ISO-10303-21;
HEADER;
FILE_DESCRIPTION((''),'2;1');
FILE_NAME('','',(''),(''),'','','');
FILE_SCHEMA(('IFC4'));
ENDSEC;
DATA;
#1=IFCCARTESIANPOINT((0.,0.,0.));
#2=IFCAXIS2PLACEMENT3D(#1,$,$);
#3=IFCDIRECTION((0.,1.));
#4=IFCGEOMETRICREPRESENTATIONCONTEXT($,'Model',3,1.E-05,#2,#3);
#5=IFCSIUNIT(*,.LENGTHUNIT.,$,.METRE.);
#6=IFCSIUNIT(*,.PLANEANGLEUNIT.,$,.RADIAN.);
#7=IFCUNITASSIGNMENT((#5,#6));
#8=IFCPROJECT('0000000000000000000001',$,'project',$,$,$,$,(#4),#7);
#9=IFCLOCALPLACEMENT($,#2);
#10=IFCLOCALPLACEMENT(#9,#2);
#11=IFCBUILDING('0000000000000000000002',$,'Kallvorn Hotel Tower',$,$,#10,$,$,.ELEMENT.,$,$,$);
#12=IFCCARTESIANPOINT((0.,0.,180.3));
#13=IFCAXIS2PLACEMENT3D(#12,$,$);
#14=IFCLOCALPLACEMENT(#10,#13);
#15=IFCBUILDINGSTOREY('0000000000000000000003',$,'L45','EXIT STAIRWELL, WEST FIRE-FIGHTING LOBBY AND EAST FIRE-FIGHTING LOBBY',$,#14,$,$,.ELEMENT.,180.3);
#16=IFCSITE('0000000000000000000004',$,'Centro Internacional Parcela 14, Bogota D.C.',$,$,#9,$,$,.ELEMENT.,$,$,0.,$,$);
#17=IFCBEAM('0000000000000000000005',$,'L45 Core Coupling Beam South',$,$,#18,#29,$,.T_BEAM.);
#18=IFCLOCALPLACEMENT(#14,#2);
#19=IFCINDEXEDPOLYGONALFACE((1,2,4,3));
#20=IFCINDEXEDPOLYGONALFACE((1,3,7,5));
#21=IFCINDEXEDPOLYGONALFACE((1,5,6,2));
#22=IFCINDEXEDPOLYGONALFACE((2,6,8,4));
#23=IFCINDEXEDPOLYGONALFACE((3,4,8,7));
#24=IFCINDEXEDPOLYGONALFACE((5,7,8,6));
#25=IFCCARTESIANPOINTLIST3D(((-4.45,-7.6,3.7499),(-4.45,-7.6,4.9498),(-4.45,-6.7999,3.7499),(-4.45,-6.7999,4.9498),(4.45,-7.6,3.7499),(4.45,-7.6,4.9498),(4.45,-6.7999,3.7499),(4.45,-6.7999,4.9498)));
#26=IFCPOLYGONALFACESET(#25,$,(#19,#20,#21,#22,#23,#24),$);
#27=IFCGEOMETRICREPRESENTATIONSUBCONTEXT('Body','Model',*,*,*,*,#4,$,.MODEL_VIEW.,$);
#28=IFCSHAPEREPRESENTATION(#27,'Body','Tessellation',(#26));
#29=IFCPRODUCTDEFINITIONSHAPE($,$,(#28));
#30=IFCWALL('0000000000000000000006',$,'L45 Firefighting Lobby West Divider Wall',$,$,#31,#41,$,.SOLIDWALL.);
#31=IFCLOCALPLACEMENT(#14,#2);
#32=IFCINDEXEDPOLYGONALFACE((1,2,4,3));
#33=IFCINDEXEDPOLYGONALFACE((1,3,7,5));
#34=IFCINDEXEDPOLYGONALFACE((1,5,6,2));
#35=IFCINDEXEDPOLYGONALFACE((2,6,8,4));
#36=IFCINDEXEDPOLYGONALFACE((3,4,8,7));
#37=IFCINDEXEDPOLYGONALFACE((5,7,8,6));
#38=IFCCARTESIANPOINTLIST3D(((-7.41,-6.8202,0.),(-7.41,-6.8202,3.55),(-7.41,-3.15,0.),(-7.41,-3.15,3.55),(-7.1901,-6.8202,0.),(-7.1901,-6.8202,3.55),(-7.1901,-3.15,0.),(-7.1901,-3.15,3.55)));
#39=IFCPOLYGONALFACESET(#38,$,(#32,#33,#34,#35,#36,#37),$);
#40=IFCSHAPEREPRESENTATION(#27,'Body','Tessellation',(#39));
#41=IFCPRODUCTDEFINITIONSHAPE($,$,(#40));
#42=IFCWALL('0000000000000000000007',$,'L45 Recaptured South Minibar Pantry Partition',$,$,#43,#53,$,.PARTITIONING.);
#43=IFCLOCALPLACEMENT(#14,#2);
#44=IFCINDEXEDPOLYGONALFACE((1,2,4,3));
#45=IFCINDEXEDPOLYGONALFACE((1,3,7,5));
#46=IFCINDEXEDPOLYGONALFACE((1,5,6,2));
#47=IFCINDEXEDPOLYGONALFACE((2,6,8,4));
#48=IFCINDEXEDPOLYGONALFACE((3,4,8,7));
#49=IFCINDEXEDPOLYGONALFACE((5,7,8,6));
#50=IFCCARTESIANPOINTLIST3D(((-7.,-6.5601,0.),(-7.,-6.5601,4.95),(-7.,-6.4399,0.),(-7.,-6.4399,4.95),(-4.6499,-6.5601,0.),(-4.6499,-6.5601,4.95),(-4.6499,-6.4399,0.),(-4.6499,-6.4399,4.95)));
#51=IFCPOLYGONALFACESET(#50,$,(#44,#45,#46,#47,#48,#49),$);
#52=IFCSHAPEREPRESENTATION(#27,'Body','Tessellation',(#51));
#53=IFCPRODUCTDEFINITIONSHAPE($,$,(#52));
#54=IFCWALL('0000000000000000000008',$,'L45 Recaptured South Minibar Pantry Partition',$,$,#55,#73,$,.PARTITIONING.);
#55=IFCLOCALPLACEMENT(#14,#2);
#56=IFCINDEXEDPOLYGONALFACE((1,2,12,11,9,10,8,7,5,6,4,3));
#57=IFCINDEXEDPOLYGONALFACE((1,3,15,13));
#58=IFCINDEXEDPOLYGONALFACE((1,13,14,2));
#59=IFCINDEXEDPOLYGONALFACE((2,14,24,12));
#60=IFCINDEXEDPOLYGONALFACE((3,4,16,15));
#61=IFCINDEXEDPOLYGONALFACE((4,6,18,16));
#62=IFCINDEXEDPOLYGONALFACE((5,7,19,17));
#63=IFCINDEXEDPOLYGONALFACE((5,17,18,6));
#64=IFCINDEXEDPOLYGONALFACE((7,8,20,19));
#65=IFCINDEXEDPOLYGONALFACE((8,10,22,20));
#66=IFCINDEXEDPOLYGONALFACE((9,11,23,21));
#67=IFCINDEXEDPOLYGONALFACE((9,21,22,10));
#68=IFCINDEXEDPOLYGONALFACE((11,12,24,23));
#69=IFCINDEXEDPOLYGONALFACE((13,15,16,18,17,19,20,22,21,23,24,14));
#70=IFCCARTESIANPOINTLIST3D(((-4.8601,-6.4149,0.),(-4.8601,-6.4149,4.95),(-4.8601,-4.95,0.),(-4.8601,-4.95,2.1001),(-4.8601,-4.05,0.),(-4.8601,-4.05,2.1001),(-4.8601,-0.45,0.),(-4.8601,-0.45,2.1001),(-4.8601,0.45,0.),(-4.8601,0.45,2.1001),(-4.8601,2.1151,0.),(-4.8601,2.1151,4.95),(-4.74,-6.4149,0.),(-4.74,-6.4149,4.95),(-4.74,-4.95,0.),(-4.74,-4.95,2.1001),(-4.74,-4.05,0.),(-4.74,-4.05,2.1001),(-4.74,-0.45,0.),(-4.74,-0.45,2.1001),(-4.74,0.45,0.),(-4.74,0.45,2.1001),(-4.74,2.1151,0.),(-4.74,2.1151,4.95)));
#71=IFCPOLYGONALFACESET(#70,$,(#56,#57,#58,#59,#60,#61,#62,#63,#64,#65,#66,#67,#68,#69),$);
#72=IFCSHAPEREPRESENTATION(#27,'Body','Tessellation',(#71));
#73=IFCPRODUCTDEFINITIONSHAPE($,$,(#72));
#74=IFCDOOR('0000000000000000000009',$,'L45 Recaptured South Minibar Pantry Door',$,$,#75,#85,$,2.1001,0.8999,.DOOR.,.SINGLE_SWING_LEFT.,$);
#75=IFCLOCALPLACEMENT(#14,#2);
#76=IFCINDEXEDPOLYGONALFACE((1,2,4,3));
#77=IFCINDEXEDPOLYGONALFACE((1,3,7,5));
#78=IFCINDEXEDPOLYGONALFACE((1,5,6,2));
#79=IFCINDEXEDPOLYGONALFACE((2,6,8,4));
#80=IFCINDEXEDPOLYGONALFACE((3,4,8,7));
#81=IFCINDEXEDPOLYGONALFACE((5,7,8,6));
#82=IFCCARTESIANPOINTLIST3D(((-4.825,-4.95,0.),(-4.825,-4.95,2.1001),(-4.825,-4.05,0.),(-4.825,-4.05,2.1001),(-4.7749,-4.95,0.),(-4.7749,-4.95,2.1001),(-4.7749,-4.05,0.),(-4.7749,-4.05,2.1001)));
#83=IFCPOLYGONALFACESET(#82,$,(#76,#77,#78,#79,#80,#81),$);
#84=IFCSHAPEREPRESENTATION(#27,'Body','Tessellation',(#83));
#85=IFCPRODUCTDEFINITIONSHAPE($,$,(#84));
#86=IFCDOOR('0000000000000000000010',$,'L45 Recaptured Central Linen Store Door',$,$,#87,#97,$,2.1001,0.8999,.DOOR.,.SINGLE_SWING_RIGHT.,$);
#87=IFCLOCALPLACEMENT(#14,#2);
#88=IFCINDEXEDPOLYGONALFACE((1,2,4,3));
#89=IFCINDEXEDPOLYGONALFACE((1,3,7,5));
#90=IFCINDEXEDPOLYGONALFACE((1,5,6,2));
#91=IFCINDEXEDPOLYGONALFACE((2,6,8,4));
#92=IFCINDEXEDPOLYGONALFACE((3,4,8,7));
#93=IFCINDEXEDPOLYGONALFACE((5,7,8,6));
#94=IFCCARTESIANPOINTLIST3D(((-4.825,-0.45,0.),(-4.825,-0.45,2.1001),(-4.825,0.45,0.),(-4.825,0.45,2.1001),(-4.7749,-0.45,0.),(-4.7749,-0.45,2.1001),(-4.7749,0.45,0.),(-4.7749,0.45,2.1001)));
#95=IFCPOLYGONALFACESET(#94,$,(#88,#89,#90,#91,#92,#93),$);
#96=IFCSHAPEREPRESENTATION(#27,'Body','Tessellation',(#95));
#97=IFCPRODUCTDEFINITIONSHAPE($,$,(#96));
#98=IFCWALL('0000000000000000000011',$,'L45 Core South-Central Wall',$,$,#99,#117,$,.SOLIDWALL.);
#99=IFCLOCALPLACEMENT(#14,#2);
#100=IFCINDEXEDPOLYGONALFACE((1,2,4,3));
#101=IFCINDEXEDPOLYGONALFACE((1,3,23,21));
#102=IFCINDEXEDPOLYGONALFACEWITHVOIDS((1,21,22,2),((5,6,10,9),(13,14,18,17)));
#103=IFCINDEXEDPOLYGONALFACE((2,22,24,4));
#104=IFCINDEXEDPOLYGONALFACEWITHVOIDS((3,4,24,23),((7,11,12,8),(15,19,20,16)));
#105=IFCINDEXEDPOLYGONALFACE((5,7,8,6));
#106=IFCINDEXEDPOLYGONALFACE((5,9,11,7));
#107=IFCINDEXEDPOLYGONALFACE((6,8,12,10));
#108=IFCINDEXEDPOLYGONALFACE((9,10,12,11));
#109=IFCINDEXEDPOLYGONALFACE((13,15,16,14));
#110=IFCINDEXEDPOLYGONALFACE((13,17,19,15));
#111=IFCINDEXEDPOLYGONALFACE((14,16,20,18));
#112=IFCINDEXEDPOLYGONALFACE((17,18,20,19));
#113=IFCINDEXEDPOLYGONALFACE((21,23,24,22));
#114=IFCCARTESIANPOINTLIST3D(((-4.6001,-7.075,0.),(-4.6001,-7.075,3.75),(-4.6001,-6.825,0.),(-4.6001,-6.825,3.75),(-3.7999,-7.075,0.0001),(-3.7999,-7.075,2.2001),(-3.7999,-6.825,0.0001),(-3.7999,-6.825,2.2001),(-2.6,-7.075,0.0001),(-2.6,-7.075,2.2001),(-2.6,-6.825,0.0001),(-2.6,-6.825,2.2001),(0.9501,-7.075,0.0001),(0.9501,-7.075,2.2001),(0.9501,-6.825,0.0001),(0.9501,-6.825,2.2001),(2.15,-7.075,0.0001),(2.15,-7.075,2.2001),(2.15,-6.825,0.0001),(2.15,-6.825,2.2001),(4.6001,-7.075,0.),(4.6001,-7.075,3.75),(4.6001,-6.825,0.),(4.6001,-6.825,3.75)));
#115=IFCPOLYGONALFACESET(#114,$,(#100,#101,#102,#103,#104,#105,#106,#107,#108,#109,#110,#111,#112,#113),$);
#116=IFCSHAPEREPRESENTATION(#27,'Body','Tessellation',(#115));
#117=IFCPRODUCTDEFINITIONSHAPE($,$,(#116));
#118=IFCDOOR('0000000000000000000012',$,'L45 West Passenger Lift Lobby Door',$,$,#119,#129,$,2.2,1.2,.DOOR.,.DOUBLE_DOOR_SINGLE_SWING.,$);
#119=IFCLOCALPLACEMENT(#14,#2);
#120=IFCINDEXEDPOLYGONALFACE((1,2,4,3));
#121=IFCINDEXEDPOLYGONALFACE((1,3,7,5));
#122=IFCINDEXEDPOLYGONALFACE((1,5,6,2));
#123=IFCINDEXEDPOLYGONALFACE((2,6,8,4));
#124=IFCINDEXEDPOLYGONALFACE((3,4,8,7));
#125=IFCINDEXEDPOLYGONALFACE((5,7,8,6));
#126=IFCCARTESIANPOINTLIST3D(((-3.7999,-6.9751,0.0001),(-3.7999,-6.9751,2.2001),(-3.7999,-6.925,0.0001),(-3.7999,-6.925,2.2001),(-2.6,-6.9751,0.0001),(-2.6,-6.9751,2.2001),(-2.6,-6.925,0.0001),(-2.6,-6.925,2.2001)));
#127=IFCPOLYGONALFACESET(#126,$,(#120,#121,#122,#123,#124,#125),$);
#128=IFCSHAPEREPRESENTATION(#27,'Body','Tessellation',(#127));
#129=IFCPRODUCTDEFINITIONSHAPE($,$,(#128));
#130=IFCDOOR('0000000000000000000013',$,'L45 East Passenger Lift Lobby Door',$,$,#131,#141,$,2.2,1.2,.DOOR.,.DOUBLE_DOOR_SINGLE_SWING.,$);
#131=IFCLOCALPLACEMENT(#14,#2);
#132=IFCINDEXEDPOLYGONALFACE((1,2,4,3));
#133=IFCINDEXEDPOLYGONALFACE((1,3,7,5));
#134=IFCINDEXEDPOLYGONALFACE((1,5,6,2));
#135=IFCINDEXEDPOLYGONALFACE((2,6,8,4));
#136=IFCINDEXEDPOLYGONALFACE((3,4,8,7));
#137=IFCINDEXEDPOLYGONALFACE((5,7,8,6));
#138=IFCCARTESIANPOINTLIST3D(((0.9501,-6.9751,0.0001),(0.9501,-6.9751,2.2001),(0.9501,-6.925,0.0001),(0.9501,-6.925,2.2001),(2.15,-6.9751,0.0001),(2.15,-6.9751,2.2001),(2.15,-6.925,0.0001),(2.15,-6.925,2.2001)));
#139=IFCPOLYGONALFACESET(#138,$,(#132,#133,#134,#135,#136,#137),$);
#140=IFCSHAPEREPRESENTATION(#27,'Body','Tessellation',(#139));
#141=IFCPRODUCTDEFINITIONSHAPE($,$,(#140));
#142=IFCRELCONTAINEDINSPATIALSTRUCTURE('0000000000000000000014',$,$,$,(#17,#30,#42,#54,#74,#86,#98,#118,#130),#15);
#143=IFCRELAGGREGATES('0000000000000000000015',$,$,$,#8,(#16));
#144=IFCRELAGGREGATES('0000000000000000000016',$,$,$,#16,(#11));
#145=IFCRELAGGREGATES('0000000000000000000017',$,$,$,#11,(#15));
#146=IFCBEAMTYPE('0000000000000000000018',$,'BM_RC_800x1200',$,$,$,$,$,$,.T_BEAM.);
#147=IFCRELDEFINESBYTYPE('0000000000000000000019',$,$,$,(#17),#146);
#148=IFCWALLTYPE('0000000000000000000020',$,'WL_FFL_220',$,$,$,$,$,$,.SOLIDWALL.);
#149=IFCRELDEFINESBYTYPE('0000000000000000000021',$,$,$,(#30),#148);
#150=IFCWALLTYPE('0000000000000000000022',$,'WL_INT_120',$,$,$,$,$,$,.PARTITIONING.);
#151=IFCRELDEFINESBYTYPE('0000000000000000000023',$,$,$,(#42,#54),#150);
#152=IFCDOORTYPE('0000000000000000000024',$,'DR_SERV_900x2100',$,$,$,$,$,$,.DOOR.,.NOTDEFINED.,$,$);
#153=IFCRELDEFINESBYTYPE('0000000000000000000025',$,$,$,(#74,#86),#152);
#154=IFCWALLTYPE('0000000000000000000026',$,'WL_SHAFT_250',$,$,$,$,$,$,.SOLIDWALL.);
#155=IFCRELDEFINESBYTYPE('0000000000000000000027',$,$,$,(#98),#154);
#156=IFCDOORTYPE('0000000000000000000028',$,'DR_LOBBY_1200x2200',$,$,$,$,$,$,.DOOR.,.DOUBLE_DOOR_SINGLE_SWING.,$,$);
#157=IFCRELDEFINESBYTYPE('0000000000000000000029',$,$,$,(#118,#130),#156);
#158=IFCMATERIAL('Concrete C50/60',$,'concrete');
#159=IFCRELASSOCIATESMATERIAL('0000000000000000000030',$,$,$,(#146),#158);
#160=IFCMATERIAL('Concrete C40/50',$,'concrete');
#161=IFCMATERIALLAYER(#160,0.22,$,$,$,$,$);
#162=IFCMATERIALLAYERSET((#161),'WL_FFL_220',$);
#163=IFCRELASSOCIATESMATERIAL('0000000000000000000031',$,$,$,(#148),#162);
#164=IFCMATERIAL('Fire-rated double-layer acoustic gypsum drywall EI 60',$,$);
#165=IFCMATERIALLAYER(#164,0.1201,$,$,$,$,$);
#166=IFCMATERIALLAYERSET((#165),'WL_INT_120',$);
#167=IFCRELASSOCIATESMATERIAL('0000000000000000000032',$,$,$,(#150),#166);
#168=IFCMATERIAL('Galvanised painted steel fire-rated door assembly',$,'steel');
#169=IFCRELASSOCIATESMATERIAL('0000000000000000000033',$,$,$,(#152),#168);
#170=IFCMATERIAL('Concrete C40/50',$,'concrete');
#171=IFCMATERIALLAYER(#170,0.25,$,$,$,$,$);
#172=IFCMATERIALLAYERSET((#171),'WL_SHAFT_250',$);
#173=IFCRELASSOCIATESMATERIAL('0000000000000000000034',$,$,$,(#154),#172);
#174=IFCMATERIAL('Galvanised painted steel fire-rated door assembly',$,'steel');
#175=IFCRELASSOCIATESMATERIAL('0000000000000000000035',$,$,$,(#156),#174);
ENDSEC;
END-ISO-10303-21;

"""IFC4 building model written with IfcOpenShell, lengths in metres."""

from ifc_helpers import new_model, si_unit, direction, frame, frame_2d, origin, origin_2d, place, context, subcontext, project, spatial, rectangle, extrude, material, layer, layer_set, material_profile, profile_set, type_object, element, fill, save


model = new_model("IFC4")

# Units and contexts
model_context = context("Model", 3, precision=1e-05, world=origin(), true_north=direction((0.0, 1.0)))
body_context = subcontext(model_context, "Body", "Model", "MODEL_VIEW")
ifc_project = project(units=[si_unit("LENGTHUNIT", "METRE"), si_unit("PLANEANGLEUNIT", "RADIAN")], contexts=[model_context])

# Site, building, storey
site_placement = place(None, origin())
site = spatial("IfcSite", under=ifc_project, at=site_placement, Name="Centro Internacional Parcela 14, Bogota D.C.", CompositionType="ELEMENT", RefElevation=0.0)
building_placement = place(site_placement, origin())
building = spatial("IfcBuilding", under=site, at=building_placement, Name="Kallvorn Hotel Tower", CompositionType="ELEMENT")
storey_placement = place(building_placement, frame((0.0, 0.0, 180.3)))
storey = spatial("IfcBuildingStorey", under=building, at=storey_placement, Name="L45", Description="EXIT STAIRWELL, WEST FIRE-FIGHTING LOBBY AND EAST FIRE-FIGHTING LOBBY", CompositionType="ELEMENT", Elevation=180.3)

# Beam
ifc_material_1 = material(Name="Concrete C50/60", Category="concrete")
ifc_material_profile_1 = material_profile(ifc_material_1, rectangle(XDim=0.8, YDim=1.2, at=origin_2d()), Name="RC 800x1200")
ifc_profile_set_1 = profile_set([ifc_material_profile_1], Name="Concrete C50/60")
beam_type_1 = type_object("IfcBeamType", Name="BM_RC_800x1200", PredefinedType="T_BEAM", material=ifc_profile_set_1)
beam_1_placement = place(storey_placement, frame((-4.45, -7.2, 4.3499), z_axis=(1.0, 0.0, 0.0), x_axis=(0.0, 1.0, 0.0)))
element("IfcBeam", 1, at=beam_1_placement, inside=storey, type_object=beam_type_1, Name="L45 Core Coupling Beam South", PredefinedType="T_BEAM", context=body_context, shape_type="SweptSolid", body=[
    extrude(rectangle(XDim=0.8, YDim=1.2, at=origin_2d()), origin(), (0.0, 0.0, 1.0), 8.8999),
])

# Walls
ifc_material_2 = material(Name="Concrete C40/50", Category="concrete")
ifc_layer_1 = layer(ifc_material_2, 0.22)
ifc_layer_set_1 = layer_set([ifc_layer_1], Name="WL_FFL_220")
wall_type_1 = type_object("IfcWallType", Name="WL_FFL_220", PredefinedType="SOLIDWALL", material=ifc_layer_set_1)
wall_1_placement = place(storey_placement, frame((-7.3, -6.8201, 0.0), z_axis=(0.0, 0.0, 1.0), x_axis=(0.0, 1.0, 0.0)))
element("IfcWall", 2, at=wall_1_placement, inside=storey, type_object=wall_type_1, Name="L45 Firefighting Lobby West Divider Wall", PredefinedType="SOLIDWALL", context=body_context, shape_type="SweptSolid", body=[
    extrude(rectangle(XDim=3.6702, YDim=0.22, at=frame_2d((1.835, 0.0))), origin(), (0.0, 0.0, 1.0), 3.55),
])
ifc_material_3 = material(Name="Fire-rated double-layer acoustic gypsum drywall EI 60")
ifc_layer_2 = layer(ifc_material_3, 0.1201)
ifc_layer_set_2 = layer_set([ifc_layer_2], Name="WL_INT_120")
wall_type_2 = type_object("IfcWallType", Name="WL_INT_120", PredefinedType="PARTITIONING", material=ifc_layer_set_2)
wall_2_placement = place(storey_placement, frame((-7.0, -6.5, 0.0), z_axis=(0.0, 0.0, 1.0), x_axis=(1.0, 0.0, 0.0)))
element("IfcWall", 3, at=wall_2_placement, inside=storey, type_object=wall_type_2, Name="L45 Recaptured South Minibar Pantry Partition", PredefinedType="PARTITIONING", context=body_context, shape_type="SweptSolid", body=[
    extrude(rectangle(XDim=2.3501, YDim=0.1201, at=frame_2d((1.175, 0.0))), origin(), (0.0, 0.0, 1.0), 4.95),
])

# Walls, openings, doors
wall_3_placement = place(storey_placement, frame((-4.8, -6.415, 0.0), z_axis=(0.0, 0.0, 1.0), x_axis=(0.0, 1.0, 0.0)))
wall_3 = element("IfcWall", 4, at=wall_3_placement, inside=storey, type_object=wall_type_2, Name="L45 Recaptured South Minibar Pantry Partition", PredefinedType="PARTITIONING", context=body_context, shape_type="SweptSolid", body=[
    extrude(rectangle(XDim=8.53, YDim=0.1201, at=frame_2d((4.2651, 0.0))), origin(), (0.0, 0.0, 1.0), 4.95),
])
opening_1_placement = place(wall_3_placement, frame((1.4651, 0.0, 0.0)))
opening_1 = element("IfcOpeningElement", 5, at=opening_1_placement, cuts=wall_3, PredefinedType="OPENING", context=body_context, shape_type="SweptSolid", body=[
    extrude(rectangle(XDim=0.8999, YDim=2.1001, at=frame_2d((0.45, 1.05))), frame((0.0, 0.075, 0.0), z_axis=(0.0, -1.0, 0.0), x_axis=(1.0, 0.0, 0.0)), (0.0, 0.0, 1.0), 0.1501),
])
opening_2_placement = place(wall_3_placement, frame((5.9651, 0.0, 0.0)))
opening_2 = element("IfcOpeningElement", 6, at=opening_2_placement, cuts=wall_3, PredefinedType="OPENING", context=body_context, shape_type="SweptSolid", body=[
    extrude(rectangle(XDim=0.8999, YDim=2.1001, at=frame_2d((0.45, 1.05))), frame((0.0, 0.075, 0.0), z_axis=(0.0, -1.0, 0.0), x_axis=(1.0, 0.0, 0.0)), (0.0, 0.0, 1.0), 0.1501),
])
ifc_material_4 = material(Name="Galvanised painted steel fire-rated door assembly", Category="steel")
door_type_1 = type_object("IfcDoorType", Name="DR_SERV_900x2100", OperationType="NOTDEFINED", PredefinedType="DOOR", material=ifc_material_4)
door_1_placement = place(opening_1_placement, origin())
door_1 = element("IfcDoor", 7, at=door_1_placement, inside=storey, type_object=door_type_1, Name="L45 Recaptured South Minibar Pantry Door", OperationType="SINGLE_SWING_LEFT", OverallHeight=2.1001, OverallWidth=0.8999, PredefinedType="DOOR", context=body_context, shape_type="SweptSolid", body=[
    extrude(rectangle(XDim=0.8999, YDim=2.1001, at=frame_2d((0.45, 1.05))), frame((0.0, 0.0249, 0.0), z_axis=(0.0, -1.0, 0.0), x_axis=(1.0, 0.0, 0.0)), (0.0, 0.0, 1.0), 0.05),
])
fill(opening_1, door_1)
door_2_placement = place(opening_2_placement, origin())
door_2 = element("IfcDoor", 8, at=door_2_placement, inside=storey, type_object=door_type_1, Name="L45 Recaptured Central Linen Store Door", OperationType="SINGLE_SWING_RIGHT", OverallHeight=2.1001, OverallWidth=0.8999, PredefinedType="DOOR", context=body_context, shape_type="SweptSolid", body=[
    extrude(rectangle(XDim=0.8999, YDim=2.1001, at=frame_2d((0.45, 1.05))), frame((0.0, 0.0249, 0.0), z_axis=(0.0, -1.0, 0.0), x_axis=(1.0, 0.0, 0.0)), (0.0, 0.0, 1.0), 0.05),
])
fill(opening_2, door_2)
ifc_material_5 = material(Name="Concrete C40/50", Category="concrete")
ifc_layer_3 = layer(ifc_material_5, 0.25)
ifc_layer_set_3 = layer_set([ifc_layer_3], Name="WL_SHAFT_250")
wall_type_3 = type_object("IfcWallType", Name="WL_SHAFT_250", PredefinedType="SOLIDWALL", material=ifc_layer_set_3)
wall_4_placement = place(storey_placement, frame((-4.6001, -6.95, 0.0), z_axis=(0.0, 0.0, 1.0), x_axis=(1.0, 0.0, 0.0)))
wall_4 = element("IfcWall", 9, at=wall_4_placement, inside=storey, type_object=wall_type_3, Name="L45 Core South-Central Wall", PredefinedType="SOLIDWALL", context=body_context, shape_type="SweptSolid", body=[
    extrude(rectangle(XDim=9.2002, YDim=0.25, at=frame_2d((4.6001, 0.0))), origin(), (0.0, 0.0, 1.0), 3.75),
])
opening_3_placement = place(wall_4_placement, frame((0.8, 0.0, 0.0)))
opening_3 = element("IfcOpeningElement", 10, at=opening_3_placement, cuts=wall_4, PredefinedType="OPENING", context=body_context, shape_type="SweptSolid", body=[
    extrude(rectangle(XDim=1.2, YDim=2.2, at=frame_2d((0.6001, 1.1001))), frame((0.0, 0.1399, 0.0), z_axis=(0.0, -1.0, 0.0), x_axis=(1.0, 0.0, 0.0)), (0.0, 0.0, 1.0), 0.28),
])
opening_4_placement = place(wall_4_placement, frame((5.55, 0.0, 0.0)))
opening_4 = element("IfcOpeningElement", 11, at=opening_4_placement, cuts=wall_4, PredefinedType="OPENING", context=body_context, shape_type="SweptSolid", body=[
    extrude(rectangle(XDim=1.2, YDim=2.2, at=frame_2d((0.6001, 1.1001))), frame((0.0, 0.1399, 0.0), z_axis=(0.0, -1.0, 0.0), x_axis=(1.0, 0.0, 0.0)), (0.0, 0.0, 1.0), 0.28),
])
ifc_material_6 = material(Name="Galvanised painted steel fire-rated door assembly", Category="steel")
door_type_2 = type_object("IfcDoorType", Name="DR_LOBBY_1200x2200", OperationType="DOUBLE_DOOR_SINGLE_SWING", PredefinedType="DOOR", material=ifc_material_6)
door_3_placement = place(opening_3_placement, origin())
door_3 = element("IfcDoor", 12, at=door_3_placement, inside=storey, type_object=door_type_2, Name="L45 West Passenger Lift Lobby Door", OperationType="DOUBLE_DOOR_SINGLE_SWING", OverallHeight=2.2, OverallWidth=1.2, PredefinedType="DOOR", context=body_context, shape_type="SweptSolid", body=[
    extrude(rectangle(XDim=1.2, YDim=2.2, at=frame_2d((0.6001, 1.1001))), frame((0.0, 0.0249, 0.0), z_axis=(0.0, -1.0, 0.0), x_axis=(1.0, 0.0, 0.0)), (0.0, 0.0, 1.0), 0.05),
])
fill(opening_3, door_3)
door_4_placement = place(opening_4_placement, origin())
door_4 = element("IfcDoor", 13, at=door_4_placement, inside=storey, type_object=door_type_2, Name="L45 East Passenger Lift Lobby Door", OperationType="DOUBLE_DOOR_SINGLE_SWING", OverallHeight=2.2, OverallWidth=1.2, PredefinedType="DOOR", context=body_context, shape_type="SweptSolid", body=[
    extrude(rectangle(XDim=1.2, YDim=2.2, at=frame_2d((0.6001, 1.1001))), frame((0.0, 0.0249, 0.0), z_axis=(0.0, -1.0, 0.0), x_axis=(1.0, 0.0, 0.0)), (0.0, 0.0, 1.0), 0.05),
])
fill(opening_4, door_4)

save(model, "model.ifc")
